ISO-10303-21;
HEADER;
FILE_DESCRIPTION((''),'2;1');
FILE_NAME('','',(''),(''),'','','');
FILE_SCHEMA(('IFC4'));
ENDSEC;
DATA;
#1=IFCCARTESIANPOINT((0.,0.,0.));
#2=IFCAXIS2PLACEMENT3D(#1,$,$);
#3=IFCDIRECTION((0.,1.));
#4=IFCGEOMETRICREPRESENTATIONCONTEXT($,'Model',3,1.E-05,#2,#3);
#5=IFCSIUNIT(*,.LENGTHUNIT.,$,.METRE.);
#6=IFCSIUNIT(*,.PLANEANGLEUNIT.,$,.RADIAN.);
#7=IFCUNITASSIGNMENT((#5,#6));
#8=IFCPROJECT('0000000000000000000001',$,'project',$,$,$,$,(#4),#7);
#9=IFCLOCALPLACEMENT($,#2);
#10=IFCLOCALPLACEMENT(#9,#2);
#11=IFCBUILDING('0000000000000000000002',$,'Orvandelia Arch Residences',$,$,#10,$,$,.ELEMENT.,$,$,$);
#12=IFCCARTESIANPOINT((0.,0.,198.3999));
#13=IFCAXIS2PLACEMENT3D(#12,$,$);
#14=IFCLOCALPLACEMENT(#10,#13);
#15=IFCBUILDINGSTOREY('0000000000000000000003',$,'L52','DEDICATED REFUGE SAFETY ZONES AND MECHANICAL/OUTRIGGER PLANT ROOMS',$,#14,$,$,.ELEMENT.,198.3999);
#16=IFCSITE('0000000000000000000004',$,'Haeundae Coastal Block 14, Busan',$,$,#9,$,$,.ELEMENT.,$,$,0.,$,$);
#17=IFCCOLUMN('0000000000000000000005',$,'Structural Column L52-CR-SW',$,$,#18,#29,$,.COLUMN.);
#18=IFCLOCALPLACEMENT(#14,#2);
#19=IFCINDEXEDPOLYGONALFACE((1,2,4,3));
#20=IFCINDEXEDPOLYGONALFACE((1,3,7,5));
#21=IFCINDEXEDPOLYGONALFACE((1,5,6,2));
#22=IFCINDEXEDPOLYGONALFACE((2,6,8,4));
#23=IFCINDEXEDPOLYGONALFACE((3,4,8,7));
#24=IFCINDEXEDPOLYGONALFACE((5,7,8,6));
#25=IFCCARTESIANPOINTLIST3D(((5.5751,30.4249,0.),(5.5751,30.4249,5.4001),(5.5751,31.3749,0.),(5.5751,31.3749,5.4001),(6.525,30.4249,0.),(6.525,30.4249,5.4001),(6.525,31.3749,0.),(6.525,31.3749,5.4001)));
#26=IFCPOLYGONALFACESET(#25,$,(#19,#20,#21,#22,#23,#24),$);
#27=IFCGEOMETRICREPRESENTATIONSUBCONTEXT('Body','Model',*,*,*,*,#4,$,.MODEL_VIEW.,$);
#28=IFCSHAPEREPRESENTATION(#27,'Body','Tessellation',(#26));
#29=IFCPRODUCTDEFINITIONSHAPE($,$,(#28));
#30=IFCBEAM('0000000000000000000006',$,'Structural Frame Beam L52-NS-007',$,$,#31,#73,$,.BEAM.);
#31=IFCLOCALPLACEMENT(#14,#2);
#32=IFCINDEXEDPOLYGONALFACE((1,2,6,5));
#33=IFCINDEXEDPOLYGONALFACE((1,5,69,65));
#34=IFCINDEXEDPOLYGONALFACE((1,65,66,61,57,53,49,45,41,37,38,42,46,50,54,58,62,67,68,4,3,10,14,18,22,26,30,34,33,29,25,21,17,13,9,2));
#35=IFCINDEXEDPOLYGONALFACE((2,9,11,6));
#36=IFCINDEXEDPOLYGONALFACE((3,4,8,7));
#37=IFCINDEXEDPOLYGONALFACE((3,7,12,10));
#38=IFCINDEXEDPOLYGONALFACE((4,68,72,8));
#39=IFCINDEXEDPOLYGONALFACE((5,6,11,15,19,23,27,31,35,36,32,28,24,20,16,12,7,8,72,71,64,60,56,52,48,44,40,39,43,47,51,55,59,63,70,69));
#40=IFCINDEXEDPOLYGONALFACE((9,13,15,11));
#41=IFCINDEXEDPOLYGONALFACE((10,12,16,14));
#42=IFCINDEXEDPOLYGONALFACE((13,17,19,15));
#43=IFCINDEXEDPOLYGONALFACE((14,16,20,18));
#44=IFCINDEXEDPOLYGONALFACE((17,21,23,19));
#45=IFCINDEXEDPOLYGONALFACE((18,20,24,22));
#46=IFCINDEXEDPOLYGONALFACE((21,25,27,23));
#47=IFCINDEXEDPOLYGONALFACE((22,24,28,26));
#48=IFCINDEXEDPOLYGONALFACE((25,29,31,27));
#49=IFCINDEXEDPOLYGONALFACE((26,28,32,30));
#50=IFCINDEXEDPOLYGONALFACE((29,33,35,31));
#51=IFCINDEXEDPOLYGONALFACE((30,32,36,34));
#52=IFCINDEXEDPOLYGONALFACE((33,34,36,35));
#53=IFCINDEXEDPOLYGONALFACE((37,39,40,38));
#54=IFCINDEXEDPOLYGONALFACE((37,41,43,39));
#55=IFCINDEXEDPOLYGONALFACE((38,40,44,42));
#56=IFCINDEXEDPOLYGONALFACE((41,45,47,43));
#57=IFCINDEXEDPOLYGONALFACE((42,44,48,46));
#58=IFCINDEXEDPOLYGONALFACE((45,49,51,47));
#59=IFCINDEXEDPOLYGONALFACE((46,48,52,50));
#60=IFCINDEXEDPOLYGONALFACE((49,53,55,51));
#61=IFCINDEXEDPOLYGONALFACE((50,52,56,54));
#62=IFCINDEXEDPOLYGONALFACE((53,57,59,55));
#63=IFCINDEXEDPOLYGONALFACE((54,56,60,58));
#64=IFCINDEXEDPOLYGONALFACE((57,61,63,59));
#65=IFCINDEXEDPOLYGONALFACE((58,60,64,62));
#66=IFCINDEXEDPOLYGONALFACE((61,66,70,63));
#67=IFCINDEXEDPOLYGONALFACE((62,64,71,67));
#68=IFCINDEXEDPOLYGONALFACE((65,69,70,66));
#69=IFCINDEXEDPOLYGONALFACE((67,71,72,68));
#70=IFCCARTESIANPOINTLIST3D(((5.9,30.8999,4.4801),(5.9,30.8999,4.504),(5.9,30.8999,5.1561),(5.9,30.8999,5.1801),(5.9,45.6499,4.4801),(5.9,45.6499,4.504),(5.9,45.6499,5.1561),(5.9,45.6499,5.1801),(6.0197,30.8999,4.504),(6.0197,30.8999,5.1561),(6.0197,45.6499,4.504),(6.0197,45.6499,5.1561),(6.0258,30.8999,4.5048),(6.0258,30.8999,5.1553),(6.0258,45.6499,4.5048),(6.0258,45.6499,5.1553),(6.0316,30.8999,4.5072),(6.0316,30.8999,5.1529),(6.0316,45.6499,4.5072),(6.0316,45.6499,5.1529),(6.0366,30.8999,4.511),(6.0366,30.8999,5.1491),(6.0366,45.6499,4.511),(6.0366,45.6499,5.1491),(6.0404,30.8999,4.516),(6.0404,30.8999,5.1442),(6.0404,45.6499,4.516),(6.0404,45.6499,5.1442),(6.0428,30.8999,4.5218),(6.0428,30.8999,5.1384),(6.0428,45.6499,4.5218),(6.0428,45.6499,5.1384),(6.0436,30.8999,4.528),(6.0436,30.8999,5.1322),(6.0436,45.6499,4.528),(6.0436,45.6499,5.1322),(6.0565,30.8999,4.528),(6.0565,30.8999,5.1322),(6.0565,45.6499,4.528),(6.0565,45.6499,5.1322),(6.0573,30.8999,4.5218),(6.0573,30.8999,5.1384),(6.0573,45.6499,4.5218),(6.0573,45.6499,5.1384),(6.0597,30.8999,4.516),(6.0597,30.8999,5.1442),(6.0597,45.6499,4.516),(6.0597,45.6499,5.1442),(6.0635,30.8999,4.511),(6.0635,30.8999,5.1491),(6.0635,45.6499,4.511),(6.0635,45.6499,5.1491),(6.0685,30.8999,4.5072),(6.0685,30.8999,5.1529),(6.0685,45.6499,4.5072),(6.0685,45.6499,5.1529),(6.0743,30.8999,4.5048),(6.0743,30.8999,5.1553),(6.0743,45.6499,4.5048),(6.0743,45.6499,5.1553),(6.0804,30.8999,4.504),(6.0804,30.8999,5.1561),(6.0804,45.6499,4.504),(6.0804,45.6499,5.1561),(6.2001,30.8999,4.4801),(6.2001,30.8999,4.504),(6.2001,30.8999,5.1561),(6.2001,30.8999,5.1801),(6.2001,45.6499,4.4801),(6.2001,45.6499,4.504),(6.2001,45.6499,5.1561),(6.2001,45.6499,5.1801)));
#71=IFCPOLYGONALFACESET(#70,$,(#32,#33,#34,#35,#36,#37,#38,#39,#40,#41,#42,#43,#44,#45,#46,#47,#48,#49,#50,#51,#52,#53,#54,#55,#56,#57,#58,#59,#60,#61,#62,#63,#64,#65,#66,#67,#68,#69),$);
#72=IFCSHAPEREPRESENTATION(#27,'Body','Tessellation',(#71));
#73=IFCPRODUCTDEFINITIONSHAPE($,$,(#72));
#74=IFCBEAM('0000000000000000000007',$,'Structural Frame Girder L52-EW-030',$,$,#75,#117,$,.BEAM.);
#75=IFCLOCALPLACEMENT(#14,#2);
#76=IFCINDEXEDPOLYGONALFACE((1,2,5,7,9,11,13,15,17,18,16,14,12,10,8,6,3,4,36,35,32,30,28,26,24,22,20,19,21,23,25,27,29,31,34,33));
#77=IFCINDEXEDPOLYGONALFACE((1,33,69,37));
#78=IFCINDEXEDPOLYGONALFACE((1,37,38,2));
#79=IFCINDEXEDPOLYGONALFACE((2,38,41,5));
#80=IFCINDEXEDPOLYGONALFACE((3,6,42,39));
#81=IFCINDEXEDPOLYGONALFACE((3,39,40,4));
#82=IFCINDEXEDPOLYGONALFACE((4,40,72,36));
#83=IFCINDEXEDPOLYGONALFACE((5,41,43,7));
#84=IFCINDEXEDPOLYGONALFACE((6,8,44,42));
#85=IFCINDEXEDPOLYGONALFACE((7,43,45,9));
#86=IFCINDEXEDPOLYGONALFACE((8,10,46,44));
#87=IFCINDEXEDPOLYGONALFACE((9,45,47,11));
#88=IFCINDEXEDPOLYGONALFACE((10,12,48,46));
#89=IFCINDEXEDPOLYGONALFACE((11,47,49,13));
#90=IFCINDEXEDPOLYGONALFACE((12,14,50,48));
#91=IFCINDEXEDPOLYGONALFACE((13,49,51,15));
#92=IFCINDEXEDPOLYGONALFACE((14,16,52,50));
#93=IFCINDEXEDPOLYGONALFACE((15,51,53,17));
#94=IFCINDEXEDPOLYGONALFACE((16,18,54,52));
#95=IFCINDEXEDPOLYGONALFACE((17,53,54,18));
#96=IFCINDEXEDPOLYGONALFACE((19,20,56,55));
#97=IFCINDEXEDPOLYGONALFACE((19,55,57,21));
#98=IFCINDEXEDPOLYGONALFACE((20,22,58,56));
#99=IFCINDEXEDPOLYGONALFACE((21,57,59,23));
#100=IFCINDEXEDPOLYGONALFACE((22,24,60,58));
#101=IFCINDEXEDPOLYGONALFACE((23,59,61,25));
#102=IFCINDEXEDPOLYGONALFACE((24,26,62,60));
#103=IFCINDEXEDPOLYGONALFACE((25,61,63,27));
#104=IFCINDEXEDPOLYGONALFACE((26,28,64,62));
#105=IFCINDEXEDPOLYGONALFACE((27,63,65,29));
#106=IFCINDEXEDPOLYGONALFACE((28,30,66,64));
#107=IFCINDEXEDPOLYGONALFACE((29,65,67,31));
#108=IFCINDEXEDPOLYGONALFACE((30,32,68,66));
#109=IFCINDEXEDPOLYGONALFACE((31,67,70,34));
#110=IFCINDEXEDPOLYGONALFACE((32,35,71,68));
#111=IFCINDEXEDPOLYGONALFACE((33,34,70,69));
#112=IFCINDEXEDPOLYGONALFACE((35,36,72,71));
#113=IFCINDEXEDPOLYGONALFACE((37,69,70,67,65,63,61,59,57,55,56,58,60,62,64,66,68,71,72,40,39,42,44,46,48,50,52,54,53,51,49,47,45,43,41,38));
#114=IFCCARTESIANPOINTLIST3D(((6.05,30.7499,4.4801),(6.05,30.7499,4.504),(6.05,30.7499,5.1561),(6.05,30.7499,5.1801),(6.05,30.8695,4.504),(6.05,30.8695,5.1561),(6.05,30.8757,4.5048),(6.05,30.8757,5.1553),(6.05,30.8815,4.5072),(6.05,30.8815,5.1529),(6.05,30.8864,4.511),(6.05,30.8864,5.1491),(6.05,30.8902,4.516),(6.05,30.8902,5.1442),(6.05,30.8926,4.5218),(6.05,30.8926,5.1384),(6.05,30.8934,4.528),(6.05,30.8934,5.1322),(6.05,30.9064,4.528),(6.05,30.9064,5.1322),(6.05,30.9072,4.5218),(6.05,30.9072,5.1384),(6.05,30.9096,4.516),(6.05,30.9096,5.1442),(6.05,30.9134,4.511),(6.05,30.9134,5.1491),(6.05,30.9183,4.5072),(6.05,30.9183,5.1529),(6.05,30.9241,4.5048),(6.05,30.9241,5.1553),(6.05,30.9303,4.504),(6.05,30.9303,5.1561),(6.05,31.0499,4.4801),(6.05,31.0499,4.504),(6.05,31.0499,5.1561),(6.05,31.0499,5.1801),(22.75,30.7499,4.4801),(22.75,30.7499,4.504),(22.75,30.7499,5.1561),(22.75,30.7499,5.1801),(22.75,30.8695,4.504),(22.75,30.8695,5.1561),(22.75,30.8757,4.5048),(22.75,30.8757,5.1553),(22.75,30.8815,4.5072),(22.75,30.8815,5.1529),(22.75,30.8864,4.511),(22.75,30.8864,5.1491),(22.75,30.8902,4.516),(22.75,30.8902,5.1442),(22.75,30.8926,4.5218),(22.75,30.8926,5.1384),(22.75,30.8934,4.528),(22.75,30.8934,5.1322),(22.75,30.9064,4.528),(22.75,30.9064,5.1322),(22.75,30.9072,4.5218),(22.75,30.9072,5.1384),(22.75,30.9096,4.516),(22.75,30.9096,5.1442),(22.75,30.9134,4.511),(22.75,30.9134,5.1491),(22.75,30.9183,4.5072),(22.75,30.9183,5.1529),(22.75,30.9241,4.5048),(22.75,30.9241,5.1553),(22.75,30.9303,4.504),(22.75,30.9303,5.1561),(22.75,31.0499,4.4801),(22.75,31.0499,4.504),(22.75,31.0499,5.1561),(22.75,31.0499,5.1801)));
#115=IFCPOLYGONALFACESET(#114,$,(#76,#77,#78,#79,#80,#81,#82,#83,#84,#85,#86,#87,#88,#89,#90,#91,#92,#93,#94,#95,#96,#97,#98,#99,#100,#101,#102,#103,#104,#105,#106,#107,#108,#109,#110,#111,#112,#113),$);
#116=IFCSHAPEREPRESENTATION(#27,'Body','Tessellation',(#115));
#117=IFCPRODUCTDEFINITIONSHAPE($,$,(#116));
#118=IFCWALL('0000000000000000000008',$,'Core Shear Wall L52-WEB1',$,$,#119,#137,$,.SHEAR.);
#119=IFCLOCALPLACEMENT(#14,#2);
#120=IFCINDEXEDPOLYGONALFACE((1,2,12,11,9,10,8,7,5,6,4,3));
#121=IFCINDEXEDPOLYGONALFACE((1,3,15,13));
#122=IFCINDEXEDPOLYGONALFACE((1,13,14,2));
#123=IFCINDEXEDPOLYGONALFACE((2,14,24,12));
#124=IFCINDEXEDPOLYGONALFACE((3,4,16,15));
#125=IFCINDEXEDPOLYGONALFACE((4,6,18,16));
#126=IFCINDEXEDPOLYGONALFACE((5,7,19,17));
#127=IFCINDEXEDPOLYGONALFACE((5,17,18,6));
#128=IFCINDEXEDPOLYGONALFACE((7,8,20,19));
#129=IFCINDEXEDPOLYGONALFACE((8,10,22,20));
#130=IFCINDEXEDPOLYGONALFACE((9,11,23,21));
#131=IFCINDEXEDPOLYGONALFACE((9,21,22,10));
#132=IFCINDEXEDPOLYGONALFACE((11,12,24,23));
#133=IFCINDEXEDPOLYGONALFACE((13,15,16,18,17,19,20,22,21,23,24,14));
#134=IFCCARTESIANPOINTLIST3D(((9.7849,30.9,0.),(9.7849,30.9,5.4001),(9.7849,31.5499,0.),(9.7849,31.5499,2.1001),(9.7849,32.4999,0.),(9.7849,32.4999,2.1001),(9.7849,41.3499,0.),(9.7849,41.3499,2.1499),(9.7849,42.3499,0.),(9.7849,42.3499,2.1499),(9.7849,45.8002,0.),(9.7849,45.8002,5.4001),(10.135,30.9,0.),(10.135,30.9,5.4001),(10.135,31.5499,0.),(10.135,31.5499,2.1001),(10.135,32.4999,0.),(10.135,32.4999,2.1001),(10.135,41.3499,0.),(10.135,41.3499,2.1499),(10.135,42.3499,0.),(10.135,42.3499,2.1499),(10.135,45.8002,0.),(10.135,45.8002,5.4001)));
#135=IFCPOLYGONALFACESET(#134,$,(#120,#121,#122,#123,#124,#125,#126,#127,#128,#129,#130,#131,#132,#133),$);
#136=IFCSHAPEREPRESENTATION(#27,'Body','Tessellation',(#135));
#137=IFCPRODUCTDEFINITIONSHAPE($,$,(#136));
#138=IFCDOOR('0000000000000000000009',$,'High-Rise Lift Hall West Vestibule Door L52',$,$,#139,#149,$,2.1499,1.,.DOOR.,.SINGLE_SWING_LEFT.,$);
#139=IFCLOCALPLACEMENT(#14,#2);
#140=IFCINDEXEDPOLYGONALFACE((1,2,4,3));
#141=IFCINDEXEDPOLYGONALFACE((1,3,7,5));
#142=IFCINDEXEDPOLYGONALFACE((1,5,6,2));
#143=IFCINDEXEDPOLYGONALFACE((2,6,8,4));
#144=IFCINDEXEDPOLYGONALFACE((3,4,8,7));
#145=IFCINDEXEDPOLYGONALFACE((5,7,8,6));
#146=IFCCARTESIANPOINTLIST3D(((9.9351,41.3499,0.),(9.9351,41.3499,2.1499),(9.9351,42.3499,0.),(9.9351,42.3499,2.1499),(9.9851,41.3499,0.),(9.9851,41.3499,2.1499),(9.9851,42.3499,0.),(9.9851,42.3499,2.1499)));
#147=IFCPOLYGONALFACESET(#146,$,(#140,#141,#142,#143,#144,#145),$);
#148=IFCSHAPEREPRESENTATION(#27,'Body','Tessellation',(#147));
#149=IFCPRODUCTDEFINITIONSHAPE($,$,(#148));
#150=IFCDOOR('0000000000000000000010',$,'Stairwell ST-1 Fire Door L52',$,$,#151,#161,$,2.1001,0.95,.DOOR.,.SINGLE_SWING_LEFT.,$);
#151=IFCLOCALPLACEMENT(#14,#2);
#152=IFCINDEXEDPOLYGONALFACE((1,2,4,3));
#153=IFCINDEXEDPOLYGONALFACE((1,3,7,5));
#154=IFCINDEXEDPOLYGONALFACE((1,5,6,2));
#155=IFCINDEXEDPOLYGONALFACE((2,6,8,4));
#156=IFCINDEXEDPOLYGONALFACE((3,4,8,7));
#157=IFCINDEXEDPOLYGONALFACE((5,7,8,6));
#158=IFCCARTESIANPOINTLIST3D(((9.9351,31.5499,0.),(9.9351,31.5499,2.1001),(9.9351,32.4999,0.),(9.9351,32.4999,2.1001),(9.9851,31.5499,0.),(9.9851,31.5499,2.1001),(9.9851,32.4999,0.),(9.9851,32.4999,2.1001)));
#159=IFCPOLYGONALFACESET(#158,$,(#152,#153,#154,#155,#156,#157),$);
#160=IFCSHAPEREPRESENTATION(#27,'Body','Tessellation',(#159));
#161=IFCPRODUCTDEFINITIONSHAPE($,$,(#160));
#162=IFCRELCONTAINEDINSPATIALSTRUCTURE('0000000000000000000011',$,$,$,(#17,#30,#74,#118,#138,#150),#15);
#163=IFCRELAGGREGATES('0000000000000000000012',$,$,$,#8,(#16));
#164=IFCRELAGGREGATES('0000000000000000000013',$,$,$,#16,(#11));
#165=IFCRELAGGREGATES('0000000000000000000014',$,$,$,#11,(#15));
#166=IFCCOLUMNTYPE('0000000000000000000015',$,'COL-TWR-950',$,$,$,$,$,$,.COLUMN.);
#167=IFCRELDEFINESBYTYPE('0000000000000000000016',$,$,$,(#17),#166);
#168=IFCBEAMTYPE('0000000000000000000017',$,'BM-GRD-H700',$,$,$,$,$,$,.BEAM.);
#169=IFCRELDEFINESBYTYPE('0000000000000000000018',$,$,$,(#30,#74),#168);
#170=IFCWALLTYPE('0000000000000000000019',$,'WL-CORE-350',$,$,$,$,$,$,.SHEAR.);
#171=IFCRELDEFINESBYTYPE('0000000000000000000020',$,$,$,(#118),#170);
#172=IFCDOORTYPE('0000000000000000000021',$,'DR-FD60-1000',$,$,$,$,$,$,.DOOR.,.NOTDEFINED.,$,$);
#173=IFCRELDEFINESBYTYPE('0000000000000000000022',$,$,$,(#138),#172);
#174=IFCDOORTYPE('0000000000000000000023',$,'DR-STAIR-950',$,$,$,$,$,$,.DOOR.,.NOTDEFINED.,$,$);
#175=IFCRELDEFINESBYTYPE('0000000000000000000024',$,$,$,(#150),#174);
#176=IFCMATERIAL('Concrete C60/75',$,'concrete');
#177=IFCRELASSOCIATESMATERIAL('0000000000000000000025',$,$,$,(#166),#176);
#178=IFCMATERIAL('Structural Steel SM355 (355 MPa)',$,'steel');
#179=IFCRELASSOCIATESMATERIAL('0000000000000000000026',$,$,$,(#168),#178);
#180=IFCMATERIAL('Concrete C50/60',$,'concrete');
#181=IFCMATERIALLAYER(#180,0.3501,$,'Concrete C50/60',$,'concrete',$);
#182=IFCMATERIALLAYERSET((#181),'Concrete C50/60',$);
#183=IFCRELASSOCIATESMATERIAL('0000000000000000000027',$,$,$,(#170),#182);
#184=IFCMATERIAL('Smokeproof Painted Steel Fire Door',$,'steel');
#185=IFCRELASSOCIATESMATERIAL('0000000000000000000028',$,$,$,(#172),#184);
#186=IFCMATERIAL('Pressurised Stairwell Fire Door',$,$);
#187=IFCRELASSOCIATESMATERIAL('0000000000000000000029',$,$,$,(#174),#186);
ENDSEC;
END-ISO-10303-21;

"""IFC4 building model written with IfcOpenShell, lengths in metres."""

from ifc_helpers import new_model, si_unit, direction, frame, frame_2d, origin, origin_2d, place, context, subcontext, project, spatial, rectangle, i_section, extrude, material, layer, layer_set, material_profile, profile_set, type_object, element, fill, save


model = new_model("IFC4")

# Units and contexts
model_context = context("Model", 3, precision=1e-05, world=origin(), true_north=direction((0.0, 1.0)))
body_context = subcontext(model_context, "Body", "Model", "MODEL_VIEW")
ifc_project = project(units=[si_unit("LENGTHUNIT", "METRE"), si_unit("PLANEANGLEUNIT", "RADIAN")], contexts=[model_context])

# Site, building, storey
site_placement = place(None, origin())
site = spatial("IfcSite", under=ifc_project, at=site_placement, Name="Haeundae Coastal Block 14, Busan", CompositionType="ELEMENT", RefElevation=0.0)
building_placement = place(site_placement, origin())
building = spatial("IfcBuilding", under=site, at=building_placement, Name="Orvandelia Arch Residences", CompositionType="ELEMENT")
storey_placement = place(building_placement, frame((0.0, 0.0, 198.3999)))
storey = spatial("IfcBuildingStorey", under=building, at=storey_placement, Name="L52", Description="DEDICATED REFUGE SAFETY ZONES AND MECHANICAL/OUTRIGGER PLANT ROOMS", CompositionType="ELEMENT", Elevation=198.3999)

# Column
ifc_material_1 = material(Name="Concrete C60/75", Category="concrete")
ifc_material_profile_1 = material_profile(ifc_material_1, rectangle(XDim=0.95, YDim=0.95, at=origin_2d()), Name="Concrete C60/75", Category="concrete")
ifc_profile_set_1 = profile_set([ifc_material_profile_1], Name="Concrete C60/75")
column_type = type_object("IfcColumnType", Name="COL-TWR-950", PredefinedType="COLUMN", material=ifc_profile_set_1)
column_placement = place(storey_placement, frame((6.05, 30.8999, 0.0), z_axis=(0.0, 0.0, 1.0), x_axis=(1.0, 0.0, 0.0)))
element("IfcColumn", 1, at=column_placement, inside=storey, type_object=column_type, Name="Structural Column L52-CR-SW", PredefinedType="COLUMN", context=body_context, shape_type="SweptSolid", body=[
    extrude(rectangle(XDim=0.95, YDim=0.95, at=origin_2d()), origin(), (0.0, 0.0, 1.0), 5.4001),
])

# Beams
ifc_material_2 = material(Name="Structural Steel SM355 (355 MPa)", Category="steel")
ifc_material_profile_2 = material_profile(ifc_material_2, i_section(OverallWidth=0.3, OverallDepth=0.7, WebThickness=0.0129, FlangeThickness=0.0239, FilletRadius=0.0239, at=origin_2d()), Name="Structural Steel SM355 (355 MPa)", Category="steel")
ifc_profile_set_2 = profile_set([ifc_material_profile_2], Name="Structural Steel SM355 (355 MPa)")
beam_type = type_object("IfcBeamType", Name="BM-GRD-H700", PredefinedType="BEAM", material=ifc_profile_set_2)
beam_1_placement = place(storey_placement, frame((6.05, 30.8999, 4.8301), z_axis=(0.0, 1.0, 0.0), x_axis=(-1.0, 0.0, 0.0)))
element("IfcBeam", 2, at=beam_1_placement, inside=storey, type_object=beam_type, Name="Structural Frame Beam L52-NS-007", PredefinedType="BEAM", context=body_context, shape_type="SweptSolid", body=[
    extrude(i_section(OverallWidth=0.3, OverallDepth=0.7, WebThickness=0.0129, FlangeThickness=0.0239, FilletRadius=0.0239, at=origin_2d()), origin(), (0.0, 0.0, 1.0), 14.75),
])
beam_2_placement = place(storey_placement, frame((6.05, 30.8999, 4.8301), z_axis=(1.0, 0.0, 0.0), x_axis=(0.0, 1.0, 0.0)))
element("IfcBeam", 3, at=beam_2_placement, inside=storey, type_object=beam_type, Name="Structural Frame Girder L52-EW-030", PredefinedType="BEAM", context=body_context, shape_type="SweptSolid", body=[
    extrude(i_section(OverallWidth=0.3, OverallDepth=0.7, WebThickness=0.0129, FlangeThickness=0.0239, FilletRadius=0.0239, at=origin_2d()), origin(), (0.0, 0.0, 1.0), 16.7),
])

# Wall, openings, doors
ifc_material_3 = material(Name="Concrete C50/60", Category="concrete")
ifc_layer_1 = layer(ifc_material_3, 0.3501, Name="Concrete C50/60", Category="concrete")
ifc_layer_set_1 = layer_set([ifc_layer_1], Name="Concrete C50/60")
wall_type_1 = type_object("IfcWallType", Name="WL-CORE-350", PredefinedType="SHEAR", material=ifc_layer_set_1)
wall_1_placement = place(storey_placement, frame((9.96, 30.8999, 0.0), z_axis=(0.0, 0.0, 1.0), x_axis=(0.0, 1.0, 0.0)))
wall_1 = element("IfcWall", 4, at=wall_1_placement, inside=storey, type_object=wall_type_1, Name="Core Shear Wall L52-WEB1", PredefinedType="SHEAR", context=body_context, shape_type="SweptSolid", body=[
    extrude(rectangle(XDim=14.9001, YDim=0.3501, at=frame_2d((7.4502, 0.0))), origin(), (0.0, 0.0, 1.0), 5.4001),
])
opening_1_placement = place(wall_1_placement, frame((0.6499, 0.0, 0.0)))
opening_1 = element("IfcOpeningElement", 5, at=opening_1_placement, cuts=wall_1, PredefinedType="OPENING", context=body_context, shape_type="SweptSolid", body=[
    extrude(rectangle(XDim=0.95, YDim=2.1001, at=frame_2d((0.4751, 1.05))), frame((0.0, 0.1851, 0.0), z_axis=(0.0, -1.0, 0.0), x_axis=(1.0, 0.0, 0.0)), (0.0, 0.0, 1.0), 0.3701),
])
opening_2_placement = place(wall_1_placement, frame((10.45, 0.0, 0.0)))
opening_2 = element("IfcOpeningElement", 6, at=opening_2_placement, cuts=wall_1, PredefinedType="OPENING", context=body_context, shape_type="SweptSolid", body=[
    extrude(rectangle(XDim=1.0, YDim=2.1499, at=frame_2d((0.5, 1.075))), frame((0.0, 0.1851, 0.0), z_axis=(0.0, -1.0, 0.0), x_axis=(1.0, 0.0, 0.0)), (0.0, 0.0, 1.0), 0.3701),
])
ifc_material_4 = material(Name="Smokeproof Painted Steel Fire Door", Category="steel")
door_type_1 = type_object("IfcDoorType", Name="DR-FD60-1000", OperationType="NOTDEFINED", PredefinedType="DOOR", material=ifc_material_4)
door_1_placement = place(opening_2_placement, origin())
door_1 = element("IfcDoor", 7, at=door_1_placement, inside=storey, type_object=door_type_1, Name="High-Rise Lift Hall West Vestibule Door L52", OperationType="SINGLE_SWING_LEFT", OverallHeight=2.1499, OverallWidth=1.0, PredefinedType="DOOR", context=body_context, shape_type="SweptSolid", body=[
    extrude(rectangle(XDim=1.0, YDim=2.1499, at=frame_2d((0.5, 1.075))), frame((0.0, 0.0249, 0.0), z_axis=(0.0, -1.0, 0.0), x_axis=(1.0, 0.0, 0.0)), (0.0, 0.0, 1.0), 0.05),
])
fill(opening_2, door_1)
ifc_material_5 = material(Name="Pressurised Stairwell Fire Door")
door_type_2 = type_object("IfcDoorType", Name="DR-STAIR-950", OperationType="NOTDEFINED", PredefinedType="DOOR", material=ifc_material_5)
door_2_placement = place(opening_1_placement, origin())
door_2 = element("IfcDoor", 8, at=door_2_placement, inside=storey, type_object=door_type_2, Name="Stairwell ST-1 Fire Door L52", OperationType="SINGLE_SWING_LEFT", OverallHeight=2.1001, OverallWidth=0.95, PredefinedType="DOOR", context=body_context, shape_type="SweptSolid", body=[
    extrude(rectangle(XDim=0.95, YDim=2.1001, at=frame_2d((0.4751, 1.05))), frame((0.0, 0.0249, 0.0), z_axis=(0.0, -1.0, 0.0), x_axis=(1.0, 0.0, 0.0)), (0.0, 0.0, 1.0), 0.05),
])
fill(opening_1, door_2)

save(model, "model.ifc")
